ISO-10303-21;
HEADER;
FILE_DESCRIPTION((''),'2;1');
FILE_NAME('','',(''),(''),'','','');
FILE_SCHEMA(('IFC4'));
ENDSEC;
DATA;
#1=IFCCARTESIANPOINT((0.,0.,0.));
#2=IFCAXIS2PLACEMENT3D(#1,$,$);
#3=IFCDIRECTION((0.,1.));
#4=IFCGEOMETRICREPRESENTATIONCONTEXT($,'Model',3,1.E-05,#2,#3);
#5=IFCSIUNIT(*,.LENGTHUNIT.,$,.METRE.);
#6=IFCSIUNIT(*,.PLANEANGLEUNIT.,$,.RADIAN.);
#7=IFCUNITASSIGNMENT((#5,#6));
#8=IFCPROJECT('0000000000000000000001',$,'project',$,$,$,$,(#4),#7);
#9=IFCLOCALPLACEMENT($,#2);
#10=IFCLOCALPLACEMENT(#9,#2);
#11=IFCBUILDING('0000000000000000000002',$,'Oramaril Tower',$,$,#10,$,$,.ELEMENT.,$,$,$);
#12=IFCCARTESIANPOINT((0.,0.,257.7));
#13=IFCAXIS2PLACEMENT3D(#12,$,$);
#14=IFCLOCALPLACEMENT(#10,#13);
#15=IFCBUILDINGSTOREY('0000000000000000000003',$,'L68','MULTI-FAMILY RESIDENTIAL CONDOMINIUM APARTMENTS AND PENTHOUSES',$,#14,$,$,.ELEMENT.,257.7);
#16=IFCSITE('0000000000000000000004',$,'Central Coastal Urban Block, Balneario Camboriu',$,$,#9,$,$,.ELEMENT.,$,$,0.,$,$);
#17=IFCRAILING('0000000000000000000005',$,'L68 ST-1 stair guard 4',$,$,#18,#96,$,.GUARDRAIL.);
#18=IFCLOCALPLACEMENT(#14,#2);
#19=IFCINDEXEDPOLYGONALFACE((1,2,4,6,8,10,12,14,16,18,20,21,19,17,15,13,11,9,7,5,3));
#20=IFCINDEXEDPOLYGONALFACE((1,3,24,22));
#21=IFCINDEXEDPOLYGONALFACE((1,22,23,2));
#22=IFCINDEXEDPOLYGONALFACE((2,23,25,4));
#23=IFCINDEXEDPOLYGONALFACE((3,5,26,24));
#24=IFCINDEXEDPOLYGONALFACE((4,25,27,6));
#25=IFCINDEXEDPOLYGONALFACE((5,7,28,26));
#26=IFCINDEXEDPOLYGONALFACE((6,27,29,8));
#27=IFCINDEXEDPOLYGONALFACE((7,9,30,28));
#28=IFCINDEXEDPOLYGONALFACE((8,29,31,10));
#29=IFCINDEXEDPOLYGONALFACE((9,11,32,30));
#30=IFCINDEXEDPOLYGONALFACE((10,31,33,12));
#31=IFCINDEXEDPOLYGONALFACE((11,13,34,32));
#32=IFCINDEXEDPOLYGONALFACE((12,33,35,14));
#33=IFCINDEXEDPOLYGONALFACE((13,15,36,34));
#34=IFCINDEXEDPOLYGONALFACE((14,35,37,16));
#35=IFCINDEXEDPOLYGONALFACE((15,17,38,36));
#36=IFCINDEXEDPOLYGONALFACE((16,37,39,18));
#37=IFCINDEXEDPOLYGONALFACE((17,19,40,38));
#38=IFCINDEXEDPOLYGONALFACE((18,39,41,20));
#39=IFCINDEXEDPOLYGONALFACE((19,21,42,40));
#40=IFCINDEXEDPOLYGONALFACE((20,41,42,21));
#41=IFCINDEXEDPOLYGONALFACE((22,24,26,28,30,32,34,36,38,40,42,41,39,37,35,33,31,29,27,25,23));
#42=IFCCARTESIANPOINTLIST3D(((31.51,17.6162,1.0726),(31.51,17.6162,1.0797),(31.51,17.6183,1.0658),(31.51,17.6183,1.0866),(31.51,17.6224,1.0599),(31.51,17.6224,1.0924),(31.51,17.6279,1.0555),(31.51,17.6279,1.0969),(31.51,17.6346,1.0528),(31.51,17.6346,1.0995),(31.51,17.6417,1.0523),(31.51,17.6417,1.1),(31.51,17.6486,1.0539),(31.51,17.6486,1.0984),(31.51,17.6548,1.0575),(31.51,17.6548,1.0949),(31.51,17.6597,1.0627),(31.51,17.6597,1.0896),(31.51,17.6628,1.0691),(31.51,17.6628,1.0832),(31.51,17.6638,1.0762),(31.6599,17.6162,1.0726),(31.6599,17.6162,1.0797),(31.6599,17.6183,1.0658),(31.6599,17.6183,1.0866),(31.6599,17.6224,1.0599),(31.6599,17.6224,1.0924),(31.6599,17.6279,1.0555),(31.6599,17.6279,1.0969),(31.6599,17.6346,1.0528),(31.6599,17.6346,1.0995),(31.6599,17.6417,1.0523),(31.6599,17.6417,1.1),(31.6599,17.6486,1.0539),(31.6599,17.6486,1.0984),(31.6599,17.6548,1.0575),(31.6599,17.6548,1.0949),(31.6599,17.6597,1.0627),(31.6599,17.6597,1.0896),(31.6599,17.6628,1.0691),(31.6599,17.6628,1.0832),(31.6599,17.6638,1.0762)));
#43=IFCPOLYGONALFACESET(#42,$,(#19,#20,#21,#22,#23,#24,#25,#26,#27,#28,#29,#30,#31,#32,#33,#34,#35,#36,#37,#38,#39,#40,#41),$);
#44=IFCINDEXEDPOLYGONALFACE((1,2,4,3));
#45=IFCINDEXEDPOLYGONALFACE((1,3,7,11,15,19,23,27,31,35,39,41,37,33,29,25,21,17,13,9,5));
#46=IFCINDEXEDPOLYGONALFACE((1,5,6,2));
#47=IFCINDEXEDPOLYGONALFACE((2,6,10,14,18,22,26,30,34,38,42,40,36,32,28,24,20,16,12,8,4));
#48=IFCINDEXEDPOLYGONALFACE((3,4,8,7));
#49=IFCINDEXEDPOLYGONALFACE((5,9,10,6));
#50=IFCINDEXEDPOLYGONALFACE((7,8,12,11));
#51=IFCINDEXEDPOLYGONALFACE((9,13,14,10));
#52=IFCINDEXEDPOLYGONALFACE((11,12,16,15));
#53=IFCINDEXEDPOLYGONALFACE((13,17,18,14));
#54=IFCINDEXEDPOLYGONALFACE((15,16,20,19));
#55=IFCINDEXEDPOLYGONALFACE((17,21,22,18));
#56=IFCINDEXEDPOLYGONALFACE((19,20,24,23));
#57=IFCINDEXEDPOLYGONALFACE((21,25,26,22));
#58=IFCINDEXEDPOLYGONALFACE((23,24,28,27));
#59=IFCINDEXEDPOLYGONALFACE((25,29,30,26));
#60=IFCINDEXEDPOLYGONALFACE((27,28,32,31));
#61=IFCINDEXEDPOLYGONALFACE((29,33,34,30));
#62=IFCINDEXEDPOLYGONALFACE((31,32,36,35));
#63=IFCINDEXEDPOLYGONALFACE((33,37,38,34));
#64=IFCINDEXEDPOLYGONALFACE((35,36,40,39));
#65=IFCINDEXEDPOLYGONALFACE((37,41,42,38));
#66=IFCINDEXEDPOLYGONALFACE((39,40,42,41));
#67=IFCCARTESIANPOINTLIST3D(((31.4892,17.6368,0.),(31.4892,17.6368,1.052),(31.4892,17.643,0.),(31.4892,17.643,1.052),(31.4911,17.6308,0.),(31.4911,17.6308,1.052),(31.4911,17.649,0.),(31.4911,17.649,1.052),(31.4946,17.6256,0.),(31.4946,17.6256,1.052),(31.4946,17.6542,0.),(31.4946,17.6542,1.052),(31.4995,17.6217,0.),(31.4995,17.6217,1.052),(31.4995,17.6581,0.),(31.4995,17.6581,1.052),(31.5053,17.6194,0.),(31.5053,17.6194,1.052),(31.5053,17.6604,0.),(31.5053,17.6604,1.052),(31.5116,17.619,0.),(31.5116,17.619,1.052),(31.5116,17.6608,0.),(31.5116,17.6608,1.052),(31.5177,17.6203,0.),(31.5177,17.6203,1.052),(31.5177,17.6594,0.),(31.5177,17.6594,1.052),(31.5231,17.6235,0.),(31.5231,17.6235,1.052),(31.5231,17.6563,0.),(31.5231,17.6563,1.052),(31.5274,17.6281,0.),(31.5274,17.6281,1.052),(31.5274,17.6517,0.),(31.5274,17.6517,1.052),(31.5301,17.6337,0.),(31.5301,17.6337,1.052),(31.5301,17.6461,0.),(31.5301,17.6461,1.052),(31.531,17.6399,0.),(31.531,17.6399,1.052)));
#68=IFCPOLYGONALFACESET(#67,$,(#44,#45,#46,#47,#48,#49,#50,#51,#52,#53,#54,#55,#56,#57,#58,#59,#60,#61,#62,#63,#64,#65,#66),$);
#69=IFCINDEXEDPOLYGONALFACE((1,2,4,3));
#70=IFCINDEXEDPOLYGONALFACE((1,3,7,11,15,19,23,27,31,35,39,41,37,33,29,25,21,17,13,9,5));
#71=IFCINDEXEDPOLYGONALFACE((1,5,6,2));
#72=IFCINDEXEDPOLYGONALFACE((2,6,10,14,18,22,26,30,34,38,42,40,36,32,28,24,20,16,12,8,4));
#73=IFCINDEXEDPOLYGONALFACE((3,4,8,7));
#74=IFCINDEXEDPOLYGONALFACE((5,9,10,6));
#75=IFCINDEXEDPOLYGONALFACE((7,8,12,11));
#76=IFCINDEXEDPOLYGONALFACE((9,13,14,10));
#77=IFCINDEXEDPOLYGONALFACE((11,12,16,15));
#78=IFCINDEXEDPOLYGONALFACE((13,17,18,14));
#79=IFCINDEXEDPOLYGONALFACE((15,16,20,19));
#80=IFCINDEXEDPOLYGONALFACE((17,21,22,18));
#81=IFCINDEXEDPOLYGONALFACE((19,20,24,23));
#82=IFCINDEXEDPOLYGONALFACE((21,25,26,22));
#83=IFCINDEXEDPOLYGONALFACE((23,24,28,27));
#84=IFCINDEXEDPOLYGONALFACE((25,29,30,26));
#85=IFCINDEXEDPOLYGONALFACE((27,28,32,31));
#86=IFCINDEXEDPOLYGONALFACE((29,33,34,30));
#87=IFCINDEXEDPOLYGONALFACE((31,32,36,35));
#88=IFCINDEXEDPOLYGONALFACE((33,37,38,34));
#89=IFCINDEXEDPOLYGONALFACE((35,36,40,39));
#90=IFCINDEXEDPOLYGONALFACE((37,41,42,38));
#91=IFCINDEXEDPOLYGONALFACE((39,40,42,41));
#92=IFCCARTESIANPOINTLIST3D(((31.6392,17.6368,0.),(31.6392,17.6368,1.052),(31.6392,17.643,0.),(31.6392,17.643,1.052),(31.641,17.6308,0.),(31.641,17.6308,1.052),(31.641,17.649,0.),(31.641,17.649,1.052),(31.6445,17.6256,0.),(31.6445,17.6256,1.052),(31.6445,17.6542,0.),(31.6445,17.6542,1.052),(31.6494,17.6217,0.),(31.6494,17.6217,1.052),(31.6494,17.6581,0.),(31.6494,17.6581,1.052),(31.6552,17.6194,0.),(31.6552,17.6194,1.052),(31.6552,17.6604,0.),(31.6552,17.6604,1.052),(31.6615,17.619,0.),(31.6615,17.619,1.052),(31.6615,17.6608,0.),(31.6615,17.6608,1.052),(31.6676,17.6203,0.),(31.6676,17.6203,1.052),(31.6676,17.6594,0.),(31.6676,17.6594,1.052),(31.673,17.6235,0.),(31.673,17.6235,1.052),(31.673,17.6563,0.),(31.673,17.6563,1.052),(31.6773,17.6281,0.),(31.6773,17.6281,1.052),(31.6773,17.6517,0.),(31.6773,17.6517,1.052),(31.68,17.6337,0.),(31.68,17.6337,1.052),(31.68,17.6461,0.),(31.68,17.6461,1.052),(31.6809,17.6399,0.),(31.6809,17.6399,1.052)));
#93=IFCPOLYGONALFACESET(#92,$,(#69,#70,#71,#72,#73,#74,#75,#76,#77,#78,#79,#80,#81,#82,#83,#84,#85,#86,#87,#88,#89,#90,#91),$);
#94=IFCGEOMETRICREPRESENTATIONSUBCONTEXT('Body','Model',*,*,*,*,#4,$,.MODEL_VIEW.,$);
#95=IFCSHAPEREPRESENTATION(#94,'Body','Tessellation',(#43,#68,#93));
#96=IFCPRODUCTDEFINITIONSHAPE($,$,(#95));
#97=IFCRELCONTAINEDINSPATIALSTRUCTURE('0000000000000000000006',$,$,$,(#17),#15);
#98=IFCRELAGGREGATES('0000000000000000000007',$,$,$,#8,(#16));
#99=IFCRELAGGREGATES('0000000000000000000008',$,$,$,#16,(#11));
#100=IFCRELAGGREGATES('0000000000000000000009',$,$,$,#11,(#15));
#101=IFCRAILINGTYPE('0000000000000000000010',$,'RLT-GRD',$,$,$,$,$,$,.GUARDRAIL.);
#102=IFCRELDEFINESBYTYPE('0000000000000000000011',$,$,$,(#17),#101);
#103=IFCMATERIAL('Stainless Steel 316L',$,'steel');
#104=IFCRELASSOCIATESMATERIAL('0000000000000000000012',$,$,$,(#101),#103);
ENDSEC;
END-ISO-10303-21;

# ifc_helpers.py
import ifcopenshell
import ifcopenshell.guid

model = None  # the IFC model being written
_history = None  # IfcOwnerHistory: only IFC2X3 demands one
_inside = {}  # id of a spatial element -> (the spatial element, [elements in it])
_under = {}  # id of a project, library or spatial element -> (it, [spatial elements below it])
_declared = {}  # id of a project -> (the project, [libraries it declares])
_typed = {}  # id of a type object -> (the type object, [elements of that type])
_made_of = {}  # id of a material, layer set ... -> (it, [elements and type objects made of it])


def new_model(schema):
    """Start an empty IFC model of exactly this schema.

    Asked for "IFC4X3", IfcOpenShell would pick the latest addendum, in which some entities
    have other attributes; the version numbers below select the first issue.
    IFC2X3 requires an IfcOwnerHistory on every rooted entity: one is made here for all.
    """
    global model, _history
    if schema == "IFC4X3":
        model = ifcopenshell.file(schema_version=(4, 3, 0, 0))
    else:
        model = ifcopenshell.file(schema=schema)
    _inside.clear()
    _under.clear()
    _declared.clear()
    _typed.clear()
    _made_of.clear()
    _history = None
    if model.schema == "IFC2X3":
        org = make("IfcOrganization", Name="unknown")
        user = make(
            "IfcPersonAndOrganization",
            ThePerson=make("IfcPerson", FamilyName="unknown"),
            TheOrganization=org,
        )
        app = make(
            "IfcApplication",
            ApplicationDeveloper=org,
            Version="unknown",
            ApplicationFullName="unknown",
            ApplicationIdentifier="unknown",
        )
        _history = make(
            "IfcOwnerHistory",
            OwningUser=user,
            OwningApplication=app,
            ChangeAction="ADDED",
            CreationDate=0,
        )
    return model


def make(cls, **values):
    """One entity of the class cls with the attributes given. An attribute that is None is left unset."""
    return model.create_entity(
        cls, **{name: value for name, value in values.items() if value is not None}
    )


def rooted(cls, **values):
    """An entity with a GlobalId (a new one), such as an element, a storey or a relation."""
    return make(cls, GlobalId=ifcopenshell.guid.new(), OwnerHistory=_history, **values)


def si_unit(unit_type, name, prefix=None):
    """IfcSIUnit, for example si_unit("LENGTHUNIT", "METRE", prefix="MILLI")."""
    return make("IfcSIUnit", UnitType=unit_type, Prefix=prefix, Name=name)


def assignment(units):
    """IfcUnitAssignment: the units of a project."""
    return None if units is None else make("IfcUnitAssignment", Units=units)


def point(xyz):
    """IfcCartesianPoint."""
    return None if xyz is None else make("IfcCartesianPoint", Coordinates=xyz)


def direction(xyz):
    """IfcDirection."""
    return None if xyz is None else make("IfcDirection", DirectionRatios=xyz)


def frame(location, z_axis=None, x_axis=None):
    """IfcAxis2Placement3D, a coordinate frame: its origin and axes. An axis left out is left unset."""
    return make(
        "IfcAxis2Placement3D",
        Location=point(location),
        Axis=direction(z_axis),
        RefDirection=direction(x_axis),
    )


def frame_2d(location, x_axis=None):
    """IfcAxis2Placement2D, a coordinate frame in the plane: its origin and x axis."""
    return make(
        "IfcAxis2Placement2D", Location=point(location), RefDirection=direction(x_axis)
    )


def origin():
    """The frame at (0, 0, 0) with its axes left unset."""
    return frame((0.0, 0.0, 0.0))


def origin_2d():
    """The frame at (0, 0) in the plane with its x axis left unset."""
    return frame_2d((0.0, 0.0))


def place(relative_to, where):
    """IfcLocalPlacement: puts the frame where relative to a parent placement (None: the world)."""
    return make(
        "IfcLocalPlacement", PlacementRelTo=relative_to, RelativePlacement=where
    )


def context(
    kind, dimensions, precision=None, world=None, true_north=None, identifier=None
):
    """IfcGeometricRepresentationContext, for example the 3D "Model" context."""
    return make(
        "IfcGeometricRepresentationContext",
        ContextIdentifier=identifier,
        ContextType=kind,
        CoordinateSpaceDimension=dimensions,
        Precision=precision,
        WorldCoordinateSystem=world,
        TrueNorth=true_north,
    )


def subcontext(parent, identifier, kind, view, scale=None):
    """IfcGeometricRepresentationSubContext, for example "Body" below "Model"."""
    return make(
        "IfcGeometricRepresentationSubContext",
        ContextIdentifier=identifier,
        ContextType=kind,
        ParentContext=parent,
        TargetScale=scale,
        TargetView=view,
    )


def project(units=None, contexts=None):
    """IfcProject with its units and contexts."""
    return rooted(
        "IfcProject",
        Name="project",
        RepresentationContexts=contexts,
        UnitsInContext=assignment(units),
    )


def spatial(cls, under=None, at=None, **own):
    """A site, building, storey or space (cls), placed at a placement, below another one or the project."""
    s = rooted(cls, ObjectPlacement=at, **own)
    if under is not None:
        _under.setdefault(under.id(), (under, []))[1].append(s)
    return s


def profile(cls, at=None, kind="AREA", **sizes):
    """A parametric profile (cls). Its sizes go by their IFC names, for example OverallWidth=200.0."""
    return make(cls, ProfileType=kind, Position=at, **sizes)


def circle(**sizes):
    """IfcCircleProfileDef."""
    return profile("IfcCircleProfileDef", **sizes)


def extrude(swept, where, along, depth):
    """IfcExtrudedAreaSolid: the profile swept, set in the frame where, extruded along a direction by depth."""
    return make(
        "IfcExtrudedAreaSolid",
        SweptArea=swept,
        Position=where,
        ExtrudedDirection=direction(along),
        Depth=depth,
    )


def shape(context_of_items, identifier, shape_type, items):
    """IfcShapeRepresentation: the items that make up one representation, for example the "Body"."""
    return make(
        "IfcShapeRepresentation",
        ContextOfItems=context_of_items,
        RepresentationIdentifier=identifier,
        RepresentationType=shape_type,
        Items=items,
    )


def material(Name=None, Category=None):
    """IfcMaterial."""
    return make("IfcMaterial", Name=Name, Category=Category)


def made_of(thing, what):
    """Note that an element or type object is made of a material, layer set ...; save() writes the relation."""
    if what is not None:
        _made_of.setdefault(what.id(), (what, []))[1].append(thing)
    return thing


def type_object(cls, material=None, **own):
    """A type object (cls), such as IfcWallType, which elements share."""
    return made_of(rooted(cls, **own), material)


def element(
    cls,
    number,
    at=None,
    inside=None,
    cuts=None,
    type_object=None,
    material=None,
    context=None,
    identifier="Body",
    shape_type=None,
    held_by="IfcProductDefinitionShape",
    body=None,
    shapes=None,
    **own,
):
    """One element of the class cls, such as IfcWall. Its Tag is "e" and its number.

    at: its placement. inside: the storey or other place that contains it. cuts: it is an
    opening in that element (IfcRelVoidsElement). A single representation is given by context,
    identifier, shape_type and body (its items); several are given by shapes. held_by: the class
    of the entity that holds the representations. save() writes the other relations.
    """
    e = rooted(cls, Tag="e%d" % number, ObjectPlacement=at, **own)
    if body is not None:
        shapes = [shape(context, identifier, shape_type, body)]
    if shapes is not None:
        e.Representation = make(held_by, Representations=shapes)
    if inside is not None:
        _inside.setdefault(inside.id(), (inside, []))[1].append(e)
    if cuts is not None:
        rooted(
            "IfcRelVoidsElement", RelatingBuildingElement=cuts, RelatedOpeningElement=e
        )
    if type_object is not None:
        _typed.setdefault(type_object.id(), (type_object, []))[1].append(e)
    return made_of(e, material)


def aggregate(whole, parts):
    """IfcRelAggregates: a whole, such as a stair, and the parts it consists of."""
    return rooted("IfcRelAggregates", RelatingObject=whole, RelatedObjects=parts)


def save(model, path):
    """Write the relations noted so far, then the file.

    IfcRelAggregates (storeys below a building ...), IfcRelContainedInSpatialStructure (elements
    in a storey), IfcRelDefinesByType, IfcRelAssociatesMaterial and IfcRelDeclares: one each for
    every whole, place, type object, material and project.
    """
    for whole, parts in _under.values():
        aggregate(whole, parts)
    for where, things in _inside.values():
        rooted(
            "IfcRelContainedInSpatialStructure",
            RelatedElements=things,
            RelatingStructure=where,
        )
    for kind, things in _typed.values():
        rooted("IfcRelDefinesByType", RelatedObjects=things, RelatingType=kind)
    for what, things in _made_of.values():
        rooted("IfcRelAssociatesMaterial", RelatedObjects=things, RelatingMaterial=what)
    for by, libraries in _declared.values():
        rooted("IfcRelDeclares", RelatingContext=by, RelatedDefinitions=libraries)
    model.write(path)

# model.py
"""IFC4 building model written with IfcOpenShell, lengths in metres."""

from ifc_helpers import new_model, si_unit, direction, frame, origin, origin_2d, place, context, subcontext, project, spatial, circle, extrude, material, type_object, element, save


model = new_model("IFC4")

# Units and contexts
model_context = context("Model", 3, precision=1e-05, world=origin(), true_north=direction((0.0, 1.0)))
body_context = subcontext(model_context, "Body", "Model", "MODEL_VIEW")
ifc_project = project(units=[si_unit("LENGTHUNIT", "METRE"), si_unit("PLANEANGLEUNIT", "RADIAN")], contexts=[model_context])

# Site, building, storey
site_placement = place(None, origin())
site = spatial("IfcSite", under=ifc_project, at=site_placement, Name="Central Coastal Urban Block, Balneario Camboriu", CompositionType="ELEMENT", RefElevation=0.0)
building_placement = place(site_placement, origin())
building = spatial("IfcBuilding", under=site, at=building_placement, Name="Oramaril Tower", CompositionType="ELEMENT")
storey_placement = place(building_placement, frame((0.0, 0.0, 257.7)))
storey = spatial("IfcBuildingStorey", under=building, at=storey_placement, Name="L68", Description="MULTI-FAMILY RESIDENTIAL CONDOMINIUM APARTMENTS AND PENTHOUSES", CompositionType="ELEMENT", Elevation=257.7)

# Railing
ifc_material_1 = material(Name="Stainless Steel 316L", Category="steel")
railing_type_1 = type_object("IfcRailingType", Name="RLT-GRD", PredefinedType="GUARDRAIL", material=ifc_material_1)
railing_1_placement = place(storey_placement, frame((31.51, 17.6399, 0.0)))
element("IfcRailing", 1, at=railing_1_placement, inside=storey, type_object=railing_type_1, Name="L68 ST-1 stair guard 4", PredefinedType="GUARDRAIL", context=body_context, shape_type="SweptSolid", body=[
    extrude(circle(Radius=0.0239, at=origin_2d()), frame((0.0, 0.0, 1.0762), z_axis=(1.0, 0.0, 0.0), x_axis=(0.0, 1.0, 0.0)), (0.0, 0.0, 1.0), 0.1499),
    extrude(circle(Radius=0.021, at=origin_2d()), origin(), (0.0, 0.0, 1.0), 1.052),
    extrude(circle(Radius=0.021, at=origin_2d()), frame((0.1499, 0.0, 0.0)), (0.0, 0.0, 1.0), 1.052),
])

save(model, "model.ifc")
